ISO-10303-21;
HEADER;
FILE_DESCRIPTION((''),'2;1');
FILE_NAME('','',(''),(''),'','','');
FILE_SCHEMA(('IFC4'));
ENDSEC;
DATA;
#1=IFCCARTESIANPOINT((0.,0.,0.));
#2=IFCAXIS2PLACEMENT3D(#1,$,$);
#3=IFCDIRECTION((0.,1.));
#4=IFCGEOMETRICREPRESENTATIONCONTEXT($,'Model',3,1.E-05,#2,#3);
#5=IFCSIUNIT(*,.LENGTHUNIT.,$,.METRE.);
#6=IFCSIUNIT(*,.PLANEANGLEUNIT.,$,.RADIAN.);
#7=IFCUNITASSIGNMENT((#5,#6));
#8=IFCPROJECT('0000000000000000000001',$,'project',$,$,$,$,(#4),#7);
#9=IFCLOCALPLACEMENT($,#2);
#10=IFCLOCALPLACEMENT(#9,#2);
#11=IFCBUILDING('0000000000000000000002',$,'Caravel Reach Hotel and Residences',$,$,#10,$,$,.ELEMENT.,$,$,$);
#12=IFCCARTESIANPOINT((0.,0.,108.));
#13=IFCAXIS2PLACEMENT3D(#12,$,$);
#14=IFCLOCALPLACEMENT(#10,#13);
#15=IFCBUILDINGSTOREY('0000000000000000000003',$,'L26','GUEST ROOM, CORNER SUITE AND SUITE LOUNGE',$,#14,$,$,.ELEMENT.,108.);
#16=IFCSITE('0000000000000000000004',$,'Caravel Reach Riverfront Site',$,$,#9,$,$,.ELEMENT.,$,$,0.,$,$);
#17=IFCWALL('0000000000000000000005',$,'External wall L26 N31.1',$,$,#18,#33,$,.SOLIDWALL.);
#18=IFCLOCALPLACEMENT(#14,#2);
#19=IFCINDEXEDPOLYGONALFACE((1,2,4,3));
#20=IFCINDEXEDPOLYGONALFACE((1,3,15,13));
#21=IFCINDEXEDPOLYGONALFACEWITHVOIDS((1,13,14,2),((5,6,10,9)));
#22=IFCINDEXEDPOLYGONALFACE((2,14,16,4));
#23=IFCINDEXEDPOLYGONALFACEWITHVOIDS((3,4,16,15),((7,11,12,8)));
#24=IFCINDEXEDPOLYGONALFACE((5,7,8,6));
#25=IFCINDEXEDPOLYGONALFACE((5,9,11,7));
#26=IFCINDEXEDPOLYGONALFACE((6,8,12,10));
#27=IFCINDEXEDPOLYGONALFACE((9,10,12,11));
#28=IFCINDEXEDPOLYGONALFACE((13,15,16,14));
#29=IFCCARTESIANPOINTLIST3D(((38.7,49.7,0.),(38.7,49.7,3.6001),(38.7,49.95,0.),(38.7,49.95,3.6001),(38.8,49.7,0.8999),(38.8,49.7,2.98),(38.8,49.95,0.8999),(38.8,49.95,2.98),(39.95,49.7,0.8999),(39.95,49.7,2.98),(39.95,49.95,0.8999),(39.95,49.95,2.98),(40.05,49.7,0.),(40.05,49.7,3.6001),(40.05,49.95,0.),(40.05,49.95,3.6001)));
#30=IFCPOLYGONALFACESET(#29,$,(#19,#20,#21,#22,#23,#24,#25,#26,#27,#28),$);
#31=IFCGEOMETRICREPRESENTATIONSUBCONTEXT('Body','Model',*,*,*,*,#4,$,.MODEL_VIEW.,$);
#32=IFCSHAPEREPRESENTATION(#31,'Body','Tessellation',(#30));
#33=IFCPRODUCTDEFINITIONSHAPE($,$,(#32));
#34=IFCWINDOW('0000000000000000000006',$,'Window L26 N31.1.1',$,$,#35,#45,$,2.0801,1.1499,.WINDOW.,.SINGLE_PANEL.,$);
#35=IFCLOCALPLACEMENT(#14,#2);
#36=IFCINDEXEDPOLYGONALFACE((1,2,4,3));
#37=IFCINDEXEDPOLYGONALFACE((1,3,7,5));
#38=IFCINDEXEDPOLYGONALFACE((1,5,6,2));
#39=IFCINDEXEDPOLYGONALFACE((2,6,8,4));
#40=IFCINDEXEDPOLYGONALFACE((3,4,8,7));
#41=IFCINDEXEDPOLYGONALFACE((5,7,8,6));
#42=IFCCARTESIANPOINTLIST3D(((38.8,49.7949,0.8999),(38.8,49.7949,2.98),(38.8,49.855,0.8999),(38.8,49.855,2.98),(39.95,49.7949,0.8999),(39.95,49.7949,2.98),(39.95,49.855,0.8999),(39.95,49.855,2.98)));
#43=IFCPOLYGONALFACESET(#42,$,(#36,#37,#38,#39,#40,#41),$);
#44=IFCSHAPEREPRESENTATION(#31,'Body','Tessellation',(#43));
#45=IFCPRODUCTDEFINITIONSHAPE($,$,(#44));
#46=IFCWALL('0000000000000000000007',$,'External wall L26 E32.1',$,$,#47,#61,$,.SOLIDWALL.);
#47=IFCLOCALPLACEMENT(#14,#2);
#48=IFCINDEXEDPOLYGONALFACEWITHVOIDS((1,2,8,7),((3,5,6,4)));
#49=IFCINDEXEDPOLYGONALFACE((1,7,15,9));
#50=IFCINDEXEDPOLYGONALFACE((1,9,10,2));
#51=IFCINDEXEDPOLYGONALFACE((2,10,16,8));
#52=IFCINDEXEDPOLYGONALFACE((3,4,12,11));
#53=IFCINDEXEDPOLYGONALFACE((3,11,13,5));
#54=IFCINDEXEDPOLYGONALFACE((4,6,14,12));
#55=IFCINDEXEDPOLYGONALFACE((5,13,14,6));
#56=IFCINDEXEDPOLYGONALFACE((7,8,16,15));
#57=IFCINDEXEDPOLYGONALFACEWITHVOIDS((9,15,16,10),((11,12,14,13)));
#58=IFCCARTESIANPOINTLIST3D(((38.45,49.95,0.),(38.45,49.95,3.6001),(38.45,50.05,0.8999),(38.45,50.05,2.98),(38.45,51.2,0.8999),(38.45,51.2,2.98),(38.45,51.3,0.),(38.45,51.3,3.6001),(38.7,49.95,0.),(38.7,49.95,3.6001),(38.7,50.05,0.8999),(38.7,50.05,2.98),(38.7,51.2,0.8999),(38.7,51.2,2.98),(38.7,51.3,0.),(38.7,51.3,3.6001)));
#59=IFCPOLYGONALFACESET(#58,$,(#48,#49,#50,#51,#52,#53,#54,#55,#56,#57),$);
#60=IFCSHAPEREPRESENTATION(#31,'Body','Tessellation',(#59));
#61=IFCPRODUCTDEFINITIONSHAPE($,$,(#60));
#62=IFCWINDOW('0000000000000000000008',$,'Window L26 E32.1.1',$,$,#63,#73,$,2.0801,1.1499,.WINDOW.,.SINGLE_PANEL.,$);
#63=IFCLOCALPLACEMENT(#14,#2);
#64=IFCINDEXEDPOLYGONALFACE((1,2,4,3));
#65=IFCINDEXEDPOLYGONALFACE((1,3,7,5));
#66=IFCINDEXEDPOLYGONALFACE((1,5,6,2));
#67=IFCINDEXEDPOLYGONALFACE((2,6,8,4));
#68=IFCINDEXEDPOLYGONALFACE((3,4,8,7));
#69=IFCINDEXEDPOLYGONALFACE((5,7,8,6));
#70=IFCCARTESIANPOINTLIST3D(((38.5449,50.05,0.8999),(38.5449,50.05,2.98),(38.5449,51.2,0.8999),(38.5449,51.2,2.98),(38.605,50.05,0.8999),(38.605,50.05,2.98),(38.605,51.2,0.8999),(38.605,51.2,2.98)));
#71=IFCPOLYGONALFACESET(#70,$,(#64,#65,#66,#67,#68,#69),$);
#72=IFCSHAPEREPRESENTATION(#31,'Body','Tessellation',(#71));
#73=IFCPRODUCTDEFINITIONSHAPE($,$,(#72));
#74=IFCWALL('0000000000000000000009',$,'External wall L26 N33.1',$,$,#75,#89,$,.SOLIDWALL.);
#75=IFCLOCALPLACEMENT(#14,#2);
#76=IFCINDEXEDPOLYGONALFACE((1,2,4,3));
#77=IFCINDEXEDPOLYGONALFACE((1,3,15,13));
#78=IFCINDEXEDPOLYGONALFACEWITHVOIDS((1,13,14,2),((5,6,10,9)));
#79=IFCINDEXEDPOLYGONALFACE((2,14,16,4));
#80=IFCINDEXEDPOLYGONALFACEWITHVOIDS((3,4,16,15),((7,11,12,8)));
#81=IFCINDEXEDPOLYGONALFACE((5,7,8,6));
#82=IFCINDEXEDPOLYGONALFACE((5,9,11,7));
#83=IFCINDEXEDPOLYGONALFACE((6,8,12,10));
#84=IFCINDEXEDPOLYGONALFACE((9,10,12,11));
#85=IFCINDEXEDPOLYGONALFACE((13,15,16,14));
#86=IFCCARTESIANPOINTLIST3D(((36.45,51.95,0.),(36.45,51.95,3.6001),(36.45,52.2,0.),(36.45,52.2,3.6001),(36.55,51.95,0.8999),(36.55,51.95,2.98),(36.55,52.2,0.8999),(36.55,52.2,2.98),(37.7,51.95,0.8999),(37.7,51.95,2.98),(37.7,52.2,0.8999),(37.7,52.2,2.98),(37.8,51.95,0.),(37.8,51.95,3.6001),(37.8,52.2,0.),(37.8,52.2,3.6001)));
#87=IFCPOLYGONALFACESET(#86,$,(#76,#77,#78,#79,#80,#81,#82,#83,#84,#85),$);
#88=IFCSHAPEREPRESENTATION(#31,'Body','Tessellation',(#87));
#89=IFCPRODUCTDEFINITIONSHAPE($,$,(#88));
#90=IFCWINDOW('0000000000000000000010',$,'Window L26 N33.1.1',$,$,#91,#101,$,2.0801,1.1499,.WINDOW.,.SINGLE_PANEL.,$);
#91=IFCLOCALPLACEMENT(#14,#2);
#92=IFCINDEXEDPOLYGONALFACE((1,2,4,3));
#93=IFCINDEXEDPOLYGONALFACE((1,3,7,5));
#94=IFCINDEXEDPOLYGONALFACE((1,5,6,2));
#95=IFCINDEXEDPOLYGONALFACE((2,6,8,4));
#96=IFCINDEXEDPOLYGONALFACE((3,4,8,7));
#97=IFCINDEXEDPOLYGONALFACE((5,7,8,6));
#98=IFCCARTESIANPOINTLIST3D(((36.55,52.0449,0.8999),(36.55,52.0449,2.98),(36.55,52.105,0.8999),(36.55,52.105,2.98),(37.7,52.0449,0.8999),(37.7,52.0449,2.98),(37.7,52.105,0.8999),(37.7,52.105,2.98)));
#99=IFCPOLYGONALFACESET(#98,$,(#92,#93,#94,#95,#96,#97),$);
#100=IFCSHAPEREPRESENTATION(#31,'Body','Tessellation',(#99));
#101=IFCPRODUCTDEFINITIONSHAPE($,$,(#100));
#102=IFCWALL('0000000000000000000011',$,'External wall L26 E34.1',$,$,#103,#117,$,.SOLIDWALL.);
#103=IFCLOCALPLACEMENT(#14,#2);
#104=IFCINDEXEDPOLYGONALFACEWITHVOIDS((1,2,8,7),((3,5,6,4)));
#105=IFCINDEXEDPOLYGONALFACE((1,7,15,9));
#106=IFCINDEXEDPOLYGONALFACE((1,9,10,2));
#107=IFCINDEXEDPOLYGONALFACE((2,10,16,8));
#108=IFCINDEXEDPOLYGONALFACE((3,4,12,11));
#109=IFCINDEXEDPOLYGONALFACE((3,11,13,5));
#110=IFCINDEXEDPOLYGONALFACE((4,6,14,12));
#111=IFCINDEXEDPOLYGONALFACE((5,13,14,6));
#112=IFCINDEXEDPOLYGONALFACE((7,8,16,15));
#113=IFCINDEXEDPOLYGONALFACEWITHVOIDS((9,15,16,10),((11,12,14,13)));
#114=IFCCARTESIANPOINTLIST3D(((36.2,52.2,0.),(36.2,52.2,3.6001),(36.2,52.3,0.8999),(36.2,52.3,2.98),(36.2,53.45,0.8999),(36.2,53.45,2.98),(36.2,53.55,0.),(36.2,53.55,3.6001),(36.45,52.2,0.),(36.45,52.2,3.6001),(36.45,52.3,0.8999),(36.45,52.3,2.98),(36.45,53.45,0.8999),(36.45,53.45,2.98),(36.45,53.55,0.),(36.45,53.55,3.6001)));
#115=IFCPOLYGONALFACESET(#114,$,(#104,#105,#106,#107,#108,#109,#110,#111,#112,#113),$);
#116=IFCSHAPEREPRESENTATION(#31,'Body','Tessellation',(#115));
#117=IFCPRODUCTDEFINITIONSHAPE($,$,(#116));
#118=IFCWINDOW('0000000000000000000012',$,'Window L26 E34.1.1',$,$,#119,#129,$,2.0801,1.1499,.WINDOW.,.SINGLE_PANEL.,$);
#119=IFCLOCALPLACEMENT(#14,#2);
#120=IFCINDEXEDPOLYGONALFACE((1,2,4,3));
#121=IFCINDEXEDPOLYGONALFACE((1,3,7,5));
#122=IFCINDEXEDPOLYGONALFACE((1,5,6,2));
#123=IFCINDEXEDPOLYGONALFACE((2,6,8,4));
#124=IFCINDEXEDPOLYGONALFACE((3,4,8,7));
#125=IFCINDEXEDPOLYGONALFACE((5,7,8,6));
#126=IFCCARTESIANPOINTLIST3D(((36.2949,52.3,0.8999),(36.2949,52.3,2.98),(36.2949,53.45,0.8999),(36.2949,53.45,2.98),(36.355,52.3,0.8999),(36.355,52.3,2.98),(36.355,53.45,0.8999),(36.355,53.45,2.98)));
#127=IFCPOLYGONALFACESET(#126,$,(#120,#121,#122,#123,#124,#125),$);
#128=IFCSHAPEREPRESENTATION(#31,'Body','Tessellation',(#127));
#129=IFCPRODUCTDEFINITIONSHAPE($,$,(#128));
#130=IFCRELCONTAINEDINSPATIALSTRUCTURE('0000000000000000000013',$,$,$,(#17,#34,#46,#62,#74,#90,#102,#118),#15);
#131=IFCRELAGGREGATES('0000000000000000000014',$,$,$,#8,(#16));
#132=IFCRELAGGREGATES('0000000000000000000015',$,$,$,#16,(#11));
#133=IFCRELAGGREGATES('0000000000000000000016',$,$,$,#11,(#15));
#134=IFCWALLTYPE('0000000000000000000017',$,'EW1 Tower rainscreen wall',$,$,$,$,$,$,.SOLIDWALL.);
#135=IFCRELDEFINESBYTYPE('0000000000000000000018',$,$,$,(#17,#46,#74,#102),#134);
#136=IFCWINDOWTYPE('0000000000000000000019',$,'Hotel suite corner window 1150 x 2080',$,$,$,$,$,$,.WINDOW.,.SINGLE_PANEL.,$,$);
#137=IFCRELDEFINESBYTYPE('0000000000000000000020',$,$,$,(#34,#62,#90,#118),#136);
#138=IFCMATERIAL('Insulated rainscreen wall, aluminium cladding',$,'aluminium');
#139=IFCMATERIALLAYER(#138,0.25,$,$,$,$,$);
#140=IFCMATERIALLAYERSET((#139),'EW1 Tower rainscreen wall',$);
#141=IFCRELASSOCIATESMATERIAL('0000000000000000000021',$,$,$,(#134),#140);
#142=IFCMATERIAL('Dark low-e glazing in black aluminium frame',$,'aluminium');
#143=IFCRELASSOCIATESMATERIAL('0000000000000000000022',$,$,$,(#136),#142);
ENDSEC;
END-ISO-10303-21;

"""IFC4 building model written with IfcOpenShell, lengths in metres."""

from ifc_helpers import new_model, si_unit, direction, frame, frame_2d, origin, place, context, subcontext, project, spatial, rectangle, extrude, material, layer, layer_set, type_object, element, fill, save


model = new_model("IFC4")

# Units and contexts
model_context = context("Model", 3, precision=1e-05, world=origin(), true_north=direction((0.0, 1.0)))
body_context = subcontext(model_context, "Body", "Model", "MODEL_VIEW")
ifc_project = project(units=[si_unit("LENGTHUNIT", "METRE"), si_unit("PLANEANGLEUNIT", "RADIAN")], contexts=[model_context])

# Site, building, storey
site_placement = place(None, origin())
site = spatial("IfcSite", under=ifc_project, at=site_placement, Name="Caravel Reach Riverfront Site", CompositionType="ELEMENT", RefElevation=0.0)
building_placement = place(site_placement, origin())
building = spatial("IfcBuilding", under=site, at=building_placement, Name="Caravel Reach Hotel and Residences", CompositionType="ELEMENT")
storey_placement = place(building_placement, frame((0.0, 0.0, 108.0)))
storey = spatial("IfcBuildingStorey", under=building, at=storey_placement, Name="L26", Description="GUEST ROOM, CORNER SUITE AND SUITE LOUNGE", CompositionType="ELEMENT", Elevation=108.0)

# Shared definitions
ifc_material_1 = material(Name="Insulated rainscreen wall, aluminium cladding", Category="aluminium")
ifc_layer_1 = layer(ifc_material_1, 0.25)
ifc_layer_set_1 = layer_set([ifc_layer_1], Name="EW1 Tower rainscreen wall")
wall_type_1 = type_object("IfcWallType", Name="EW1 Tower rainscreen wall", PredefinedType="SOLIDWALL", material=ifc_layer_set_1)

# Walls, openings, windows
wall_1_placement = place(storey_placement, frame((40.05, 49.825, 0.0), z_axis=(0.0, 0.0, 1.0), x_axis=(-1.0, 0.0, 0.0)))
wall_1 = element("IfcWall", 1, at=wall_1_placement, inside=storey, type_object=wall_type_1, Name="External wall L26 N31.1", PredefinedType="SOLIDWALL", context=body_context, shape_type="SweptSolid", body=[
    extrude(rectangle(XDim=1.3501, YDim=0.25, at=frame_2d((0.675, 0.0))), origin(), (0.0, 0.0, 1.0), 3.6001),
])
opening_1_placement = place(wall_1_placement, frame((0.1001, 0.0, 0.8999)))
opening_1 = element("IfcOpeningElement", 2, at=opening_1_placement, cuts=wall_1, PredefinedType="OPENING", context=body_context, shape_type="SweptSolid", body=[
    extrude(rectangle(XDim=1.1499, YDim=2.0801, at=frame_2d((0.575, 1.04))), frame((0.0, 0.135, 0.0), z_axis=(0.0, -1.0, 0.0), x_axis=(1.0, 0.0, 0.0)), (0.0, 0.0, 1.0), 0.27),
])
ifc_material_2 = material(Name="Dark low-e glazing in black aluminium frame", Category="aluminium")
window_type_1 = type_object("IfcWindowType", Name="Hotel suite corner window 1150 x 2080", PartitioningType="SINGLE_PANEL", PredefinedType="WINDOW", material=ifc_material_2)
window_1_placement = place(opening_1_placement, origin())
window_1 = element("IfcWindow", 3, at=window_1_placement, inside=storey, type_object=window_type_1, Name="Window L26 N31.1.1", OverallHeight=2.0801, OverallWidth=1.1499, PartitioningType="SINGLE_PANEL", PredefinedType="WINDOW", context=body_context, shape_type="SweptSolid", body=[
    extrude(rectangle(XDim=1.1499, YDim=2.0801, at=frame_2d((0.575, 1.04))), frame((0.0, 0.03, 0.0), z_axis=(0.0, -1.0, 0.0), x_axis=(1.0, 0.0, 0.0)), (0.0, 0.0, 1.0), 0.0601),
])
fill(opening_1, window_1)
wall_2_placement = place(storey_placement, frame((38.575, 49.95, 0.0), z_axis=(0.0, 0.0, 1.0), x_axis=(0.0, 1.0, 0.0)))
wall_2 = element("IfcWall", 4, at=wall_2_placement, inside=storey, type_object=wall_type_1, Name="External wall L26 E32.1", PredefinedType="SOLIDWALL", context=body_context, shape_type="SweptSolid", body=[
    extrude(rectangle(XDim=1.3501, YDim=0.25, at=frame_2d((0.675, 0.0))), origin(), (0.0, 0.0, 1.0), 3.6001),
])
opening_2_placement = place(wall_2_placement, frame((0.1001, 0.0, 0.8999)))
opening_2 = element("IfcOpeningElement", 5, at=opening_2_placement, cuts=wall_2, PredefinedType="OPENING", context=body_context, shape_type="SweptSolid", body=[
    extrude(rectangle(XDim=1.1499, YDim=2.0801, at=frame_2d((0.575, 1.04))), frame((0.0, 0.135, 0.0), z_axis=(0.0, -1.0, 0.0), x_axis=(1.0, 0.0, 0.0)), (0.0, 0.0, 1.0), 0.27),
])
window_2_placement = place(opening_2_placement, origin())
window_2 = element("IfcWindow", 6, at=window_2_placement, inside=storey, type_object=window_type_1, Name="Window L26 E32.1.1", OverallHeight=2.0801, OverallWidth=1.1499, PartitioningType="SINGLE_PANEL", PredefinedType="WINDOW", context=body_context, shape_type="SweptSolid", body=[
    extrude(rectangle(XDim=1.1499, YDim=2.0801, at=frame_2d((0.575, 1.04))), frame((0.0, 0.03, 0.0), z_axis=(0.0, -1.0, 0.0), x_axis=(1.0, 0.0, 0.0)), (0.0, 0.0, 1.0), 0.0601),
])
fill(opening_2, window_2)
wall_3_placement = place(storey_placement, frame((37.8, 52.075, 0.0), z_axis=(0.0, 0.0, 1.0), x_axis=(-1.0, 0.0, 0.0)))
wall_3 = element("IfcWall", 7, at=wall_3_placement, inside=storey, type_object=wall_type_1, Name="External wall L26 N33.1", PredefinedType="SOLIDWALL", context=body_context, shape_type="SweptSolid", body=[
    extrude(rectangle(XDim=1.3501, YDim=0.25, at=frame_2d((0.675, 0.0))), origin(), (0.0, 0.0, 1.0), 3.6001),
])
opening_3_placement = place(wall_3_placement, frame((0.1001, 0.0, 0.8999)))
opening_3 = element("IfcOpeningElement", 8, at=opening_3_placement, cuts=wall_3, PredefinedType="OPENING", context=body_context, shape_type="SweptSolid", body=[
    extrude(rectangle(XDim=1.1499, YDim=2.0801, at=frame_2d((0.575, 1.04))), frame((0.0, 0.135, 0.0), z_axis=(0.0, -1.0, 0.0), x_axis=(1.0, 0.0, 0.0)), (0.0, 0.0, 1.0), 0.27),
])
window_3_placement = place(opening_3_placement, origin())
window_3 = element("IfcWindow", 9, at=window_3_placement, inside=storey, type_object=window_type_1, Name="Window L26 N33.1.1", OverallHeight=2.0801, OverallWidth=1.1499, PartitioningType="SINGLE_PANEL", PredefinedType="WINDOW", context=body_context, shape_type="SweptSolid", body=[
    extrude(rectangle(XDim=1.1499, YDim=2.0801, at=frame_2d((0.575, 1.04))), frame((0.0, 0.03, 0.0), z_axis=(0.0, -1.0, 0.0), x_axis=(1.0, 0.0, 0.0)), (0.0, 0.0, 1.0), 0.0601),
])
fill(opening_3, window_3)
wall_4_placement = place(storey_placement, frame((36.325, 52.2, 0.0), z_axis=(0.0, 0.0, 1.0), x_axis=(0.0, 1.0, 0.0)))
wall_4 = element("IfcWall", 10, at=wall_4_placement, inside=storey, type_object=wall_type_1, Name="External wall L26 E34.1", PredefinedType="SOLIDWALL", context=body_context, shape_type="SweptSolid", body=[
    extrude(rectangle(XDim=1.3501, YDim=0.25, at=frame_2d((0.675, 0.0))), origin(), (0.0, 0.0, 1.0), 3.6001),
])
opening_4_placement = place(wall_4_placement, frame((0.1001, 0.0, 0.8999)))
opening_4 = element("IfcOpeningElement", 11, at=opening_4_placement, cuts=wall_4, PredefinedType="OPENING", context=body_context, shape_type="SweptSolid", body=[
    extrude(rectangle(XDim=1.1499, YDim=2.0801, at=frame_2d((0.575, 1.04))), frame((0.0, 0.135, 0.0), z_axis=(0.0, -1.0, 0.0), x_axis=(1.0, 0.0, 0.0)), (0.0, 0.0, 1.0), 0.27),
])
window_4_placement = place(opening_4_placement, origin())
window_4 = element("IfcWindow", 12, at=window_4_placement, inside=storey, type_object=window_type_1, Name="Window L26 E34.1.1", OverallHeight=2.0801, OverallWidth=1.1499, PartitioningType="SINGLE_PANEL", PredefinedType="WINDOW", context=body_context, shape_type="SweptSolid", body=[
    extrude(rectangle(XDim=1.1499, YDim=2.0801, at=frame_2d((0.575, 1.04))), frame((0.0, 0.03, 0.0), z_axis=(0.0, -1.0, 0.0), x_axis=(1.0, 0.0, 0.0)), (0.0, 0.0, 1.0), 0.0601),
])
fill(opening_4, window_4)

save(model, "model.ifc")
